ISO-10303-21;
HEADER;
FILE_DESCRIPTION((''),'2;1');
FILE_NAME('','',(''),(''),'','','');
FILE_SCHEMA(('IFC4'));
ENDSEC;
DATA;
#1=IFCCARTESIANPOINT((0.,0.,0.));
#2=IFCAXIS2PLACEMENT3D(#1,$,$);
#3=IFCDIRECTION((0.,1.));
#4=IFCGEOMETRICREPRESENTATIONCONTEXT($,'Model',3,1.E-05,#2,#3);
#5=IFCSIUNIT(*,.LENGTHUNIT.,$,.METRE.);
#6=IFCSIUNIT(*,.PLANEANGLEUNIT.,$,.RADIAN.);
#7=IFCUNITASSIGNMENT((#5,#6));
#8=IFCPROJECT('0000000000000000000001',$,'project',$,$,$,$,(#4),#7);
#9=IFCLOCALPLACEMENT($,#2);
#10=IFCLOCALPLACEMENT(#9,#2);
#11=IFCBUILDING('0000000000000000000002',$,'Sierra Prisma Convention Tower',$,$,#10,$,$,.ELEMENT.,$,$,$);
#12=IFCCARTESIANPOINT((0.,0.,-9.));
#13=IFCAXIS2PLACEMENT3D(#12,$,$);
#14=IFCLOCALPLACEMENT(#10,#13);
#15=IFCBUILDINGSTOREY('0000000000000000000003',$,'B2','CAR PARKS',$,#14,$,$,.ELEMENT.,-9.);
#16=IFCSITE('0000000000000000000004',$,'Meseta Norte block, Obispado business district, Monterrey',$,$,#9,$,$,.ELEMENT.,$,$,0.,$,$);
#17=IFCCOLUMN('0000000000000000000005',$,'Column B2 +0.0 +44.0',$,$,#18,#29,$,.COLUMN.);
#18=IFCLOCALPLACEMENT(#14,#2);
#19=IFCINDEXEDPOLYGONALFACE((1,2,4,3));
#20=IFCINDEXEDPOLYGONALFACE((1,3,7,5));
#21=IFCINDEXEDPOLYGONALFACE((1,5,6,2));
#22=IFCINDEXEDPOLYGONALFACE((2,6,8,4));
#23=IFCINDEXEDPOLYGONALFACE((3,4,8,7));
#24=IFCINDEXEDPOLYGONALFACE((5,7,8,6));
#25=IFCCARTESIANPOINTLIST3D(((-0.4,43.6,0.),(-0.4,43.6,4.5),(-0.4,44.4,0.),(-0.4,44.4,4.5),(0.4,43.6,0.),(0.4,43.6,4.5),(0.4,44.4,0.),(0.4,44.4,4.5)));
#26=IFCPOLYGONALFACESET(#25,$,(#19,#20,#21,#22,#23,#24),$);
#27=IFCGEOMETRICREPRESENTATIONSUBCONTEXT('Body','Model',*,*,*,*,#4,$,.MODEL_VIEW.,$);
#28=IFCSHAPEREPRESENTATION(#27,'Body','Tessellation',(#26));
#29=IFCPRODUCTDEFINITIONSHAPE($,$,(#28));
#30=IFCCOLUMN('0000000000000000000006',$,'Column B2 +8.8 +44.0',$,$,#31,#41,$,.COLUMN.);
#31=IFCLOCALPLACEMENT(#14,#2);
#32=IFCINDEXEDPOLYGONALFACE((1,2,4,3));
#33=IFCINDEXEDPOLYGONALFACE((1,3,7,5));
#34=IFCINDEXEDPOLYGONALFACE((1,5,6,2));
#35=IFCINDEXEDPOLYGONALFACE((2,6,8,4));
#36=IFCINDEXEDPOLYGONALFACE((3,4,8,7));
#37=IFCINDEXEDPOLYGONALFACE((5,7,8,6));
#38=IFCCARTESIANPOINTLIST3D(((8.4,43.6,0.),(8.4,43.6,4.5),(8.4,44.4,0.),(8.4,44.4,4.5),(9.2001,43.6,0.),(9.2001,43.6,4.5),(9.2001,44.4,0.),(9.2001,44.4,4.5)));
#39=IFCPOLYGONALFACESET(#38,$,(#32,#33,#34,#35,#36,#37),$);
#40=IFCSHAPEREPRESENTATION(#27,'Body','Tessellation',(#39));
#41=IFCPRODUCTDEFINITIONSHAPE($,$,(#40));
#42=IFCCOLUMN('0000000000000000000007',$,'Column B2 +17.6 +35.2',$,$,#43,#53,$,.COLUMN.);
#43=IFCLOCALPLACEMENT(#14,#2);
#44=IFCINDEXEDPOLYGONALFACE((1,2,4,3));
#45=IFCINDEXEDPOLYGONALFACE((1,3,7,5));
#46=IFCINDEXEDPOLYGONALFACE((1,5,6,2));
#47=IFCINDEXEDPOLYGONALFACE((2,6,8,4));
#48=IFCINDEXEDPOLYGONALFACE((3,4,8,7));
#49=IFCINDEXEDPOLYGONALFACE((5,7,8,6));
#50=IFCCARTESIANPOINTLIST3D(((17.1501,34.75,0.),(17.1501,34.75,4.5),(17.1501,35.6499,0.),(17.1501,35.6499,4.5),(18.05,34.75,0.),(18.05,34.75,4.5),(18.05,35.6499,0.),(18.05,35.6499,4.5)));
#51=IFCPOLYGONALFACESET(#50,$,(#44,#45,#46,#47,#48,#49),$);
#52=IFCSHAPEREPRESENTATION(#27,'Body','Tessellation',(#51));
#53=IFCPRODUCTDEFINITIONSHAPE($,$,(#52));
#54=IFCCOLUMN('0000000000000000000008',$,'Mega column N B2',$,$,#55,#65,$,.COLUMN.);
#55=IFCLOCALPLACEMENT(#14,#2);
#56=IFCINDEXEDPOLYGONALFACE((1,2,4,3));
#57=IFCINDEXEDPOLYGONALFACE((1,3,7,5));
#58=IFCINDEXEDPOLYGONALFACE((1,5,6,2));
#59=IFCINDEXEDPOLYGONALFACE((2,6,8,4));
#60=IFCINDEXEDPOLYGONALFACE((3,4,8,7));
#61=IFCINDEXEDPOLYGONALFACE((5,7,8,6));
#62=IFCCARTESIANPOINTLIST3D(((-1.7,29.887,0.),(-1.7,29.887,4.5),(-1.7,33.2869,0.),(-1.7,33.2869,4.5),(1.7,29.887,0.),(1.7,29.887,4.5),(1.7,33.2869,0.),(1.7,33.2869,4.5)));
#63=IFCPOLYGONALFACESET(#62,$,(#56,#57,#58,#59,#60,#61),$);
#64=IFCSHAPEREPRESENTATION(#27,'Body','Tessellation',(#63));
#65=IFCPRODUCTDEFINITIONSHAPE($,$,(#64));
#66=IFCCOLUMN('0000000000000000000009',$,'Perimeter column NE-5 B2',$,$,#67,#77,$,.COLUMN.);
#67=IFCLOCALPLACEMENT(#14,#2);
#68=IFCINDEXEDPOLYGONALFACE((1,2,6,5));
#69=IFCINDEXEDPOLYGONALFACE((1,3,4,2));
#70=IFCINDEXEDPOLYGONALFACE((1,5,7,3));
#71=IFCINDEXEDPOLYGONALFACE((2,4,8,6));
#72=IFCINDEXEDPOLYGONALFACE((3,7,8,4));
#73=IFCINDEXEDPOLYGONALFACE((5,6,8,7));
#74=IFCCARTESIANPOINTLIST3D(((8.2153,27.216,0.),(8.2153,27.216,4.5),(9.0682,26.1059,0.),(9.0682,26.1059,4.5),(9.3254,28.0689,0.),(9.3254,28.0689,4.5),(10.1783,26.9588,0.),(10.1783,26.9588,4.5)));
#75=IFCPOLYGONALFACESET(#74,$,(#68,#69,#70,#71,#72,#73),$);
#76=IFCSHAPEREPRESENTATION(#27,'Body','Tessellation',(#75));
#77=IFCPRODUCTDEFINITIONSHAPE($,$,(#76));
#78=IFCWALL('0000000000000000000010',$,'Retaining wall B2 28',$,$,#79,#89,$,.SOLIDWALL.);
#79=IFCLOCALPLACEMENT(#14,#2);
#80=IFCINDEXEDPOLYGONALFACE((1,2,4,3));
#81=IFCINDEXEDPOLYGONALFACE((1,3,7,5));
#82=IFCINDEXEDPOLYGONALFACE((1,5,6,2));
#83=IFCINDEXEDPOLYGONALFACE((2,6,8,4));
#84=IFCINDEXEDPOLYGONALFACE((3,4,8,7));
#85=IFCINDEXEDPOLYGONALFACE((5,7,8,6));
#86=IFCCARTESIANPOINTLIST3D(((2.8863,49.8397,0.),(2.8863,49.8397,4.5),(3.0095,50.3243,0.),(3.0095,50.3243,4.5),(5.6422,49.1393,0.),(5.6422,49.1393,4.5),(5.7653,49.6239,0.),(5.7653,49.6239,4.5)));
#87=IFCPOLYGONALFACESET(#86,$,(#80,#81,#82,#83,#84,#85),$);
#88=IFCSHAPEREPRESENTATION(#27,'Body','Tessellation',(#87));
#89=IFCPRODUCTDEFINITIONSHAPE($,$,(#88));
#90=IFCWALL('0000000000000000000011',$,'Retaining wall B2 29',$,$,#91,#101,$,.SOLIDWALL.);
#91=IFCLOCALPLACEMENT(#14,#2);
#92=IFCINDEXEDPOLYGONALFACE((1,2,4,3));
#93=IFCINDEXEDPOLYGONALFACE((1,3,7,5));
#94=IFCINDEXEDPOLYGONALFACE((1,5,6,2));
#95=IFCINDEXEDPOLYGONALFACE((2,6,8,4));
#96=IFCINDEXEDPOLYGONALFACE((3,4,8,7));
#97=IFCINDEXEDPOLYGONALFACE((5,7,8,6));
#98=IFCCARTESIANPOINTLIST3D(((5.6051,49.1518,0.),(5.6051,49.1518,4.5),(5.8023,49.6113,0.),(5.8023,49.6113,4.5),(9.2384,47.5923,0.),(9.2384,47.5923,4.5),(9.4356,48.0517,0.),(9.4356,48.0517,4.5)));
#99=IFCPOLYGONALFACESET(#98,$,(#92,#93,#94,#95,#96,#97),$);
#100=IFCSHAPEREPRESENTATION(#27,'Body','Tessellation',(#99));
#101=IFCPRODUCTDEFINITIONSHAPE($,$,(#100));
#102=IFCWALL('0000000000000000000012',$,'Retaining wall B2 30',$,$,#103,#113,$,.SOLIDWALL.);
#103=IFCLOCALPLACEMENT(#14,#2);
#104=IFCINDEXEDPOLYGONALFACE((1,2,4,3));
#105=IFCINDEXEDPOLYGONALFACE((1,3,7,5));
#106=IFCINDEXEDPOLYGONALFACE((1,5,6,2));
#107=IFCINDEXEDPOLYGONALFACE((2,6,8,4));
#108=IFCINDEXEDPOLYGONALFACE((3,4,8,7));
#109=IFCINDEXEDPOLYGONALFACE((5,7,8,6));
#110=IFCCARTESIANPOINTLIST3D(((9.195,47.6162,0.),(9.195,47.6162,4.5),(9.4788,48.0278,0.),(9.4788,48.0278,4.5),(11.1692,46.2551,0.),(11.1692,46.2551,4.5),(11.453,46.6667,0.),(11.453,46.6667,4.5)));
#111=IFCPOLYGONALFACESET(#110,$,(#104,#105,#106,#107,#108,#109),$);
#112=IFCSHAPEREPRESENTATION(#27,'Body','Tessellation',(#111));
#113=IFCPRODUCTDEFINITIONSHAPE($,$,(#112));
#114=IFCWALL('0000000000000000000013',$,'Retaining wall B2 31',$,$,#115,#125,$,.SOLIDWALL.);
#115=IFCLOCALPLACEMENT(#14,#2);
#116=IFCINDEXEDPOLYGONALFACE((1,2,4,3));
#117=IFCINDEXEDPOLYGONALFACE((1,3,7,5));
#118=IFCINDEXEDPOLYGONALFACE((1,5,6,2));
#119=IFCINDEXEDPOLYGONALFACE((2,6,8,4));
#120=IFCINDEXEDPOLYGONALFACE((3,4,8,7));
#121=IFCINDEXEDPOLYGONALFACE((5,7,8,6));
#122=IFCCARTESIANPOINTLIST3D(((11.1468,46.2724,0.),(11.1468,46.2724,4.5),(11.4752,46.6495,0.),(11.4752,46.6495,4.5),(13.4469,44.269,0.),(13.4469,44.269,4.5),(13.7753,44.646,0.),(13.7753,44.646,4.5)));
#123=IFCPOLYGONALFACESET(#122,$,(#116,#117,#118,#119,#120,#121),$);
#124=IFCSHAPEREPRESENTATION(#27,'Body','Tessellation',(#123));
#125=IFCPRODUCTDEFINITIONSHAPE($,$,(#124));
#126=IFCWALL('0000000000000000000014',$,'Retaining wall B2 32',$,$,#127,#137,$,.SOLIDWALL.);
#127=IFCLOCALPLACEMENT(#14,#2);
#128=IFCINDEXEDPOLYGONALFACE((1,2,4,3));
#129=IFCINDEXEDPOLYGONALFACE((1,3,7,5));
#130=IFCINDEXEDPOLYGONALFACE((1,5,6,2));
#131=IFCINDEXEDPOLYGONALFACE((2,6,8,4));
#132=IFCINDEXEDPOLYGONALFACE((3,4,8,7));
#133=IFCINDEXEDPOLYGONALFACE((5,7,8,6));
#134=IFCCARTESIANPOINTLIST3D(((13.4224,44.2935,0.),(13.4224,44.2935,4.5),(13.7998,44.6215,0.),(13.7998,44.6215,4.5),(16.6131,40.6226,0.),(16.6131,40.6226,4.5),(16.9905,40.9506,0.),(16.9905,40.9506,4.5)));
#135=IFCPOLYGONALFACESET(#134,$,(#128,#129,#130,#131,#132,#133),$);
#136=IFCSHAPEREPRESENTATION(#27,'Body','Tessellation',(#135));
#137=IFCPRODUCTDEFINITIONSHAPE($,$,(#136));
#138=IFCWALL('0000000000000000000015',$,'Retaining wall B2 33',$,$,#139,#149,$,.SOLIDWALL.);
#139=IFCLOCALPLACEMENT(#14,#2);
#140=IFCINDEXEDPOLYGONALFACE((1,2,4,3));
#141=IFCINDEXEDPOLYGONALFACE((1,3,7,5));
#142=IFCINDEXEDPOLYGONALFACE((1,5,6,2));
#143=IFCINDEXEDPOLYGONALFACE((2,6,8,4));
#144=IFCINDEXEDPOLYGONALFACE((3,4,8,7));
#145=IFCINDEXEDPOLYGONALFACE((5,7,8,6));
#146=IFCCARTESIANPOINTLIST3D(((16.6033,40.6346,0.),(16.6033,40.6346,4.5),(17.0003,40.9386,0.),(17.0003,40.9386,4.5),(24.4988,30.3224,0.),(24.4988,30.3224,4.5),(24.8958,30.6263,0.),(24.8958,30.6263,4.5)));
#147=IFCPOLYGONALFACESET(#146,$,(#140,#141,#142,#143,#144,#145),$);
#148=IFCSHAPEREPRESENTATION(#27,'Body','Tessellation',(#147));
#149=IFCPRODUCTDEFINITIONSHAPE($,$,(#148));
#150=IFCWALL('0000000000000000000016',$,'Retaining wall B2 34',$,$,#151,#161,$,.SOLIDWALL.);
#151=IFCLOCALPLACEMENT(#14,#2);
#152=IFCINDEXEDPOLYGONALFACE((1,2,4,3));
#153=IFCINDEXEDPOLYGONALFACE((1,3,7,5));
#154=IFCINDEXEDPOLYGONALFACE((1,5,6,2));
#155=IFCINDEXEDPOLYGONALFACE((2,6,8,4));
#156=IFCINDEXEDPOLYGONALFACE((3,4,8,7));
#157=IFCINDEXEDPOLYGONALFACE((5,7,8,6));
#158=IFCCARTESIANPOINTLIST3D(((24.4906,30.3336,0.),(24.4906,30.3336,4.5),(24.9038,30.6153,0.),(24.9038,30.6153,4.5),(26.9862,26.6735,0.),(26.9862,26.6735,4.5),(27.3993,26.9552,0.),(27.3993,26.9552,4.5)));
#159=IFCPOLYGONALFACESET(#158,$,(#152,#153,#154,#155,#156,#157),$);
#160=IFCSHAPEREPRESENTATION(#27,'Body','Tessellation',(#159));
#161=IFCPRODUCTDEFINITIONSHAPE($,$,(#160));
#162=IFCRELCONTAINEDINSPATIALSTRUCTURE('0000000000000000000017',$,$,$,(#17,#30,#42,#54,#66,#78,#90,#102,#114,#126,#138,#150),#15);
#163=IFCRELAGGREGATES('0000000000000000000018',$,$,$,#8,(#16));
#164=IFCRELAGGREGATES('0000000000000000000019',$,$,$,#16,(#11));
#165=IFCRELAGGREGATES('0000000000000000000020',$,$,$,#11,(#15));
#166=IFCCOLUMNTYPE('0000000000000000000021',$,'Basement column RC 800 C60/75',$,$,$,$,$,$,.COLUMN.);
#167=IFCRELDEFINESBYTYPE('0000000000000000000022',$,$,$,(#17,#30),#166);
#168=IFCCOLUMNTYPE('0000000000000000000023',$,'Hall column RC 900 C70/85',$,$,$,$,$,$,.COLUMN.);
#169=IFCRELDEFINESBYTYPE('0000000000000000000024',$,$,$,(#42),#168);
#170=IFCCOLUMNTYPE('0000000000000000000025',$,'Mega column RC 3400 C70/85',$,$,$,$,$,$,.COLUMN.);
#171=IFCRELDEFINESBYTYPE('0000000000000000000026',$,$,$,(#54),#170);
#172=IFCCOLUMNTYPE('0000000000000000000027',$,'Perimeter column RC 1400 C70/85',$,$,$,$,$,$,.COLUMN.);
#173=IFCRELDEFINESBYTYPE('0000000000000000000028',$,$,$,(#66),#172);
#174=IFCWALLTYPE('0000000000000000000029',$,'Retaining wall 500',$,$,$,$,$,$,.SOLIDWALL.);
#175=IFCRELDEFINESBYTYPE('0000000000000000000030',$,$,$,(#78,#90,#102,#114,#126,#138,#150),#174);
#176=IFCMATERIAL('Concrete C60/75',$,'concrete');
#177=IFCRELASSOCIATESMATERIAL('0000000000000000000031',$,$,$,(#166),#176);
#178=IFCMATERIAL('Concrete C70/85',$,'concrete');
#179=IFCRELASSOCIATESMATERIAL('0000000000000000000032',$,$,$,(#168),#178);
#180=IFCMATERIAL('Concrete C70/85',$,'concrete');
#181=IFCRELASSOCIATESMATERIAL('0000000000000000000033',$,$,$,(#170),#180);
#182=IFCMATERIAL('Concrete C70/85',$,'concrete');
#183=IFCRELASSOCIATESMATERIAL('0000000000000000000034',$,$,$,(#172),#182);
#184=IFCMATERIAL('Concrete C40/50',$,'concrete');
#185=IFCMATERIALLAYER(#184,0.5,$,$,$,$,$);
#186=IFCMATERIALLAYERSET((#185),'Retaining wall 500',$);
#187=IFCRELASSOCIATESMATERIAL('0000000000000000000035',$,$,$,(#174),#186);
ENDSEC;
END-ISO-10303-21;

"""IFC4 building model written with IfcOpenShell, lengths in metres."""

from ifc_helpers import new_model, si_unit, direction, frame, frame_2d, origin, origin_2d, place, context, subcontext, project, spatial, rectangle, extrude, material, layer, layer_set, material_profile, profile_set, type_object, element, save


model = new_model("IFC4")

# Units and contexts
model_context = context("Model", 3, precision=1e-05, world=origin(), true_north=direction((0.0, 1.0)))
body_context = subcontext(model_context, "Body", "Model", "MODEL_VIEW")
ifc_project = project(units=[si_unit("LENGTHUNIT", "METRE"), si_unit("PLANEANGLEUNIT", "RADIAN")], contexts=[model_context])

# Site, building, storey
site_placement = place(None, origin())
site = spatial("IfcSite", under=ifc_project, at=site_placement, Name="Meseta Norte block, Obispado business district, Monterrey", CompositionType="ELEMENT", RefElevation=0.0)
building_placement = place(site_placement, origin())
building = spatial("IfcBuilding", under=site, at=building_placement, Name="Sierra Prisma Convention Tower", CompositionType="ELEMENT")
storey_placement = place(building_placement, frame((0.0, 0.0, -9.0)))
storey = spatial("IfcBuildingStorey", under=building, at=storey_placement, Name="B2", Description="CAR PARKS", CompositionType="ELEMENT", Elevation=-9.0)

# Columns
ifc_material_1 = material(Name="Concrete C60/75", Category="concrete")
ifc_material_profile_1 = material_profile(ifc_material_1, rectangle(XDim=0.8, YDim=0.8, at=origin_2d()), Name="Basement column RC 800 C60/75")
ifc_profile_set_1 = profile_set([ifc_material_profile_1], Name="Concrete C60/75")
column_type_1 = type_object("IfcColumnType", Name="Basement column RC 800 C60/75", PredefinedType="COLUMN", material=ifc_profile_set_1)
for number, where, z_axis, x_axis, name in (
    (1, (0.0, 44.0, 0.0), (0.0, 0.0, 1.0), (1.0, 0.0, 0.0), "Column B2 +0.0 +44.0"),
    (2, (8.8, 44.0, 0.0), (0.0, 0.0, 1.0), (1.0, 0.0, 0.0), "Column B2 +8.8 +44.0"),
):
    element("IfcColumn", number, at=place(storey_placement, frame(where, z_axis=z_axis, x_axis=x_axis)), inside=storey, type_object=column_type_1, Name=name, PredefinedType="COLUMN", context=body_context, shape_type="SweptSolid", body=[
        extrude(rectangle(XDim=0.8, YDim=0.8, at=origin_2d()), origin(), (0.0, 0.0, 1.0), 4.5),
    ])
ifc_material_2 = material(Name="Concrete C70/85", Category="concrete")
ifc_material_profile_2 = material_profile(ifc_material_2, rectangle(XDim=0.8999, YDim=0.8999, at=origin_2d()), Name="Hall column RC 900 C70/85")
ifc_profile_set_2 = profile_set([ifc_material_profile_2], Name="Concrete C70/85")
column_type_2 = type_object("IfcColumnType", Name="Hall column RC 900 C70/85", PredefinedType="COLUMN", material=ifc_profile_set_2)
column_1_placement = place(storey_placement, frame((17.6001, 35.2, 0.0), z_axis=(0.0, 0.0, 1.0), x_axis=(1.0, 0.0, 0.0)))
element("IfcColumn", 3, at=column_1_placement, inside=storey, type_object=column_type_2, Name="Column B2 +17.6 +35.2", PredefinedType="COLUMN", context=body_context, shape_type="SweptSolid", body=[
    extrude(rectangle(XDim=0.8999, YDim=0.8999, at=origin_2d()), origin(), (0.0, 0.0, 1.0), 4.5),
])
ifc_material_3 = material(Name="Concrete C70/85", Category="concrete")
ifc_material_profile_3 = material_profile(ifc_material_3, rectangle(XDim=3.3999, YDim=3.3999, at=origin_2d()), Name="Mega column RC 3400 C70/85")
ifc_profile_set_3 = profile_set([ifc_material_profile_3], Name="Concrete C70/85")
column_type_3 = type_object("IfcColumnType", Name="Mega column RC 3400 C70/85", PredefinedType="COLUMN", material=ifc_profile_set_3)
column_2_placement = place(storey_placement, frame((0.0, 31.5869, 0.0), z_axis=(0.0, 0.0, 1.0), x_axis=(1.0, 0.0, 0.0)))
element("IfcColumn", 4, at=column_2_placement, inside=storey, type_object=column_type_3, Name="Mega column N B2", PredefinedType="COLUMN", context=body_context, shape_type="SweptSolid", body=[
    extrude(rectangle(XDim=3.3999, YDim=3.3999, at=origin_2d()), origin(), (0.0, 0.0, 1.0), 4.5),
])
ifc_material_4 = material(Name="Concrete C70/85", Category="concrete")
ifc_material_profile_4 = material_profile(ifc_material_4, rectangle(XDim=1.3999, YDim=1.3999, at=origin_2d()), Name="Perimeter column RC 1400 C70/85")
ifc_profile_set_4 = profile_set([ifc_material_profile_4], Name="Concrete C70/85")
column_type_4 = type_object("IfcColumnType", Name="Perimeter column RC 1400 C70/85", PredefinedType="COLUMN", material=ifc_profile_set_4)
column_3_placement = place(storey_placement, frame((9.1968, 27.0874, 0.0), z_axis=(0.0, 0.0, 1.0), x_axis=(-0.609232, 0.792992, 0.0)))
element("IfcColumn", 5, at=column_3_placement, inside=storey, type_object=column_type_4, Name="Perimeter column NE-5 B2", PredefinedType="COLUMN", context=body_context, shape_type="SweptSolid", body=[
    extrude(rectangle(XDim=1.3999, YDim=1.3999, at=origin_2d()), origin(), (0.0, 0.0, 1.0), 4.5),
])

# Walls
ifc_material_5 = material(Name="Concrete C40/50", Category="concrete")
ifc_layer = layer(ifc_material_5, 0.5)
ifc_layer_set = layer_set([ifc_layer], Name="Retaining wall 500")
wall_type = type_object("IfcWallType", Name="Retaining wall 500", PredefinedType="SOLIDWALL", material=ifc_layer_set)
wall_1_placement = place(storey_placement, frame((2.9478, 50.082, 0.0), z_axis=(0.0, 0.0, 1.0), x_axis=(0.969186, -0.246332, 0.0)))
element("IfcWall", 6, at=wall_1_placement, inside=storey, type_object=wall_type, Name="Retaining wall B2 28", PredefinedType="SOLIDWALL", context=body_context, shape_type="SweptSolid", body=[
    extrude(rectangle(XDim=2.8435, YDim=0.5, at=frame_2d((1.4219, 0.0))), origin(), (0.0, 0.0, 1.0), 4.5),
])
wall_2_placement = place(storey_placement, frame((5.7036, 49.3816, 0.0), z_axis=(0.0, 0.0, 1.0), x_axis=(0.918921, -0.394441, 0.0)))
element("IfcWall", 7, at=wall_2_placement, inside=storey, type_object=wall_type, Name="Retaining wall B2 29", PredefinedType="SOLIDWALL", context=body_context, shape_type="SweptSolid", body=[
    extrude(rectangle(XDim=3.9539, YDim=0.5, at=frame_2d((1.9771, 0.0))), origin(), (0.0, 0.0, 1.0), 4.5),
])
wall_3_placement = place(storey_placement, frame((9.3369, 47.822, 0.0), z_axis=(0.0, 0.0, 1.0), x_axis=(0.823287, -0.567626, 0.0)))
element("IfcWall", 8, at=wall_3_placement, inside=storey, type_object=wall_type, Name="Retaining wall B2 30", PredefinedType="SOLIDWALL", context=body_context, shape_type="SweptSolid", body=[
    extrude(rectangle(XDim=2.3979, YDim=0.5, at=frame_2d((1.199, 0.0))), origin(), (0.0, 0.0, 1.0), 4.5),
])
wall_4_placement = place(storey_placement, frame((11.311, 46.4609, 0.0), z_axis=(0.0, 0.0, 1.0), x_axis=(0.754057, -0.656809, 0.0)))
element("IfcWall", 9, at=wall_4_placement, inside=storey, type_object=wall_type, Name="Retaining wall B2 31", PredefinedType="SOLIDWALL", context=body_context, shape_type="SweptSolid", body=[
    extrude(rectangle(XDim=3.0503, YDim=0.5, at=frame_2d((1.5251, 0.0))), origin(), (0.0, 0.0, 1.0), 4.5),
])
wall_5_placement = place(storey_placement, frame((13.6111, 44.4575, 0.0), z_axis=(0.0, 0.0, 1.0), x_axis=(0.656013, -0.754749, 0.0)))
element("IfcWall", 10, at=wall_5_placement, inside=storey, type_object=wall_type, Name="Retaining wall B2 32", PredefinedType="SOLIDWALL", context=body_context, shape_type="SweptSolid", body=[
    extrude(rectangle(XDim=4.8638, YDim=0.5, at=frame_2d((2.4319, 0.0))), origin(), (0.0, 0.0, 1.0), 4.5),
])
wall_6_placement = place(storey_placement, frame((16.8018, 40.7866, 0.0), z_axis=(0.0, 0.0, 1.0), x_axis=(0.60792, -0.793999, 0.0)))
element("IfcWall", 11, at=wall_6_placement, inside=storey, type_object=wall_type, Name="Retaining wall B2 33", PredefinedType="SOLIDWALL", context=body_context, shape_type="SweptSolid", body=[
    extrude(rectangle(XDim=12.9878, YDim=0.5, at=frame_2d((6.4939, 0.0))), origin(), (0.0, 0.0, 1.0), 4.5),
])
wall_7_placement = place(storey_placement, frame((24.6973, 30.4744, 0.0), z_axis=(0.0, 0.0, 1.0), x_axis=(0.563344, -0.826223, 0.0)))
element("IfcWall", 12, at=wall_7_placement, inside=storey, type_object=wall_type, Name="Retaining wall B2 34", PredefinedType="SOLIDWALL", context=body_context, shape_type="SweptSolid", body=[
    extrude(rectangle(XDim=4.4299, YDim=0.5, at=frame_2d((2.2148, 0.0))), origin(), (0.0, 0.0, 1.0), 4.5),
])

save(model, "model.ifc")
